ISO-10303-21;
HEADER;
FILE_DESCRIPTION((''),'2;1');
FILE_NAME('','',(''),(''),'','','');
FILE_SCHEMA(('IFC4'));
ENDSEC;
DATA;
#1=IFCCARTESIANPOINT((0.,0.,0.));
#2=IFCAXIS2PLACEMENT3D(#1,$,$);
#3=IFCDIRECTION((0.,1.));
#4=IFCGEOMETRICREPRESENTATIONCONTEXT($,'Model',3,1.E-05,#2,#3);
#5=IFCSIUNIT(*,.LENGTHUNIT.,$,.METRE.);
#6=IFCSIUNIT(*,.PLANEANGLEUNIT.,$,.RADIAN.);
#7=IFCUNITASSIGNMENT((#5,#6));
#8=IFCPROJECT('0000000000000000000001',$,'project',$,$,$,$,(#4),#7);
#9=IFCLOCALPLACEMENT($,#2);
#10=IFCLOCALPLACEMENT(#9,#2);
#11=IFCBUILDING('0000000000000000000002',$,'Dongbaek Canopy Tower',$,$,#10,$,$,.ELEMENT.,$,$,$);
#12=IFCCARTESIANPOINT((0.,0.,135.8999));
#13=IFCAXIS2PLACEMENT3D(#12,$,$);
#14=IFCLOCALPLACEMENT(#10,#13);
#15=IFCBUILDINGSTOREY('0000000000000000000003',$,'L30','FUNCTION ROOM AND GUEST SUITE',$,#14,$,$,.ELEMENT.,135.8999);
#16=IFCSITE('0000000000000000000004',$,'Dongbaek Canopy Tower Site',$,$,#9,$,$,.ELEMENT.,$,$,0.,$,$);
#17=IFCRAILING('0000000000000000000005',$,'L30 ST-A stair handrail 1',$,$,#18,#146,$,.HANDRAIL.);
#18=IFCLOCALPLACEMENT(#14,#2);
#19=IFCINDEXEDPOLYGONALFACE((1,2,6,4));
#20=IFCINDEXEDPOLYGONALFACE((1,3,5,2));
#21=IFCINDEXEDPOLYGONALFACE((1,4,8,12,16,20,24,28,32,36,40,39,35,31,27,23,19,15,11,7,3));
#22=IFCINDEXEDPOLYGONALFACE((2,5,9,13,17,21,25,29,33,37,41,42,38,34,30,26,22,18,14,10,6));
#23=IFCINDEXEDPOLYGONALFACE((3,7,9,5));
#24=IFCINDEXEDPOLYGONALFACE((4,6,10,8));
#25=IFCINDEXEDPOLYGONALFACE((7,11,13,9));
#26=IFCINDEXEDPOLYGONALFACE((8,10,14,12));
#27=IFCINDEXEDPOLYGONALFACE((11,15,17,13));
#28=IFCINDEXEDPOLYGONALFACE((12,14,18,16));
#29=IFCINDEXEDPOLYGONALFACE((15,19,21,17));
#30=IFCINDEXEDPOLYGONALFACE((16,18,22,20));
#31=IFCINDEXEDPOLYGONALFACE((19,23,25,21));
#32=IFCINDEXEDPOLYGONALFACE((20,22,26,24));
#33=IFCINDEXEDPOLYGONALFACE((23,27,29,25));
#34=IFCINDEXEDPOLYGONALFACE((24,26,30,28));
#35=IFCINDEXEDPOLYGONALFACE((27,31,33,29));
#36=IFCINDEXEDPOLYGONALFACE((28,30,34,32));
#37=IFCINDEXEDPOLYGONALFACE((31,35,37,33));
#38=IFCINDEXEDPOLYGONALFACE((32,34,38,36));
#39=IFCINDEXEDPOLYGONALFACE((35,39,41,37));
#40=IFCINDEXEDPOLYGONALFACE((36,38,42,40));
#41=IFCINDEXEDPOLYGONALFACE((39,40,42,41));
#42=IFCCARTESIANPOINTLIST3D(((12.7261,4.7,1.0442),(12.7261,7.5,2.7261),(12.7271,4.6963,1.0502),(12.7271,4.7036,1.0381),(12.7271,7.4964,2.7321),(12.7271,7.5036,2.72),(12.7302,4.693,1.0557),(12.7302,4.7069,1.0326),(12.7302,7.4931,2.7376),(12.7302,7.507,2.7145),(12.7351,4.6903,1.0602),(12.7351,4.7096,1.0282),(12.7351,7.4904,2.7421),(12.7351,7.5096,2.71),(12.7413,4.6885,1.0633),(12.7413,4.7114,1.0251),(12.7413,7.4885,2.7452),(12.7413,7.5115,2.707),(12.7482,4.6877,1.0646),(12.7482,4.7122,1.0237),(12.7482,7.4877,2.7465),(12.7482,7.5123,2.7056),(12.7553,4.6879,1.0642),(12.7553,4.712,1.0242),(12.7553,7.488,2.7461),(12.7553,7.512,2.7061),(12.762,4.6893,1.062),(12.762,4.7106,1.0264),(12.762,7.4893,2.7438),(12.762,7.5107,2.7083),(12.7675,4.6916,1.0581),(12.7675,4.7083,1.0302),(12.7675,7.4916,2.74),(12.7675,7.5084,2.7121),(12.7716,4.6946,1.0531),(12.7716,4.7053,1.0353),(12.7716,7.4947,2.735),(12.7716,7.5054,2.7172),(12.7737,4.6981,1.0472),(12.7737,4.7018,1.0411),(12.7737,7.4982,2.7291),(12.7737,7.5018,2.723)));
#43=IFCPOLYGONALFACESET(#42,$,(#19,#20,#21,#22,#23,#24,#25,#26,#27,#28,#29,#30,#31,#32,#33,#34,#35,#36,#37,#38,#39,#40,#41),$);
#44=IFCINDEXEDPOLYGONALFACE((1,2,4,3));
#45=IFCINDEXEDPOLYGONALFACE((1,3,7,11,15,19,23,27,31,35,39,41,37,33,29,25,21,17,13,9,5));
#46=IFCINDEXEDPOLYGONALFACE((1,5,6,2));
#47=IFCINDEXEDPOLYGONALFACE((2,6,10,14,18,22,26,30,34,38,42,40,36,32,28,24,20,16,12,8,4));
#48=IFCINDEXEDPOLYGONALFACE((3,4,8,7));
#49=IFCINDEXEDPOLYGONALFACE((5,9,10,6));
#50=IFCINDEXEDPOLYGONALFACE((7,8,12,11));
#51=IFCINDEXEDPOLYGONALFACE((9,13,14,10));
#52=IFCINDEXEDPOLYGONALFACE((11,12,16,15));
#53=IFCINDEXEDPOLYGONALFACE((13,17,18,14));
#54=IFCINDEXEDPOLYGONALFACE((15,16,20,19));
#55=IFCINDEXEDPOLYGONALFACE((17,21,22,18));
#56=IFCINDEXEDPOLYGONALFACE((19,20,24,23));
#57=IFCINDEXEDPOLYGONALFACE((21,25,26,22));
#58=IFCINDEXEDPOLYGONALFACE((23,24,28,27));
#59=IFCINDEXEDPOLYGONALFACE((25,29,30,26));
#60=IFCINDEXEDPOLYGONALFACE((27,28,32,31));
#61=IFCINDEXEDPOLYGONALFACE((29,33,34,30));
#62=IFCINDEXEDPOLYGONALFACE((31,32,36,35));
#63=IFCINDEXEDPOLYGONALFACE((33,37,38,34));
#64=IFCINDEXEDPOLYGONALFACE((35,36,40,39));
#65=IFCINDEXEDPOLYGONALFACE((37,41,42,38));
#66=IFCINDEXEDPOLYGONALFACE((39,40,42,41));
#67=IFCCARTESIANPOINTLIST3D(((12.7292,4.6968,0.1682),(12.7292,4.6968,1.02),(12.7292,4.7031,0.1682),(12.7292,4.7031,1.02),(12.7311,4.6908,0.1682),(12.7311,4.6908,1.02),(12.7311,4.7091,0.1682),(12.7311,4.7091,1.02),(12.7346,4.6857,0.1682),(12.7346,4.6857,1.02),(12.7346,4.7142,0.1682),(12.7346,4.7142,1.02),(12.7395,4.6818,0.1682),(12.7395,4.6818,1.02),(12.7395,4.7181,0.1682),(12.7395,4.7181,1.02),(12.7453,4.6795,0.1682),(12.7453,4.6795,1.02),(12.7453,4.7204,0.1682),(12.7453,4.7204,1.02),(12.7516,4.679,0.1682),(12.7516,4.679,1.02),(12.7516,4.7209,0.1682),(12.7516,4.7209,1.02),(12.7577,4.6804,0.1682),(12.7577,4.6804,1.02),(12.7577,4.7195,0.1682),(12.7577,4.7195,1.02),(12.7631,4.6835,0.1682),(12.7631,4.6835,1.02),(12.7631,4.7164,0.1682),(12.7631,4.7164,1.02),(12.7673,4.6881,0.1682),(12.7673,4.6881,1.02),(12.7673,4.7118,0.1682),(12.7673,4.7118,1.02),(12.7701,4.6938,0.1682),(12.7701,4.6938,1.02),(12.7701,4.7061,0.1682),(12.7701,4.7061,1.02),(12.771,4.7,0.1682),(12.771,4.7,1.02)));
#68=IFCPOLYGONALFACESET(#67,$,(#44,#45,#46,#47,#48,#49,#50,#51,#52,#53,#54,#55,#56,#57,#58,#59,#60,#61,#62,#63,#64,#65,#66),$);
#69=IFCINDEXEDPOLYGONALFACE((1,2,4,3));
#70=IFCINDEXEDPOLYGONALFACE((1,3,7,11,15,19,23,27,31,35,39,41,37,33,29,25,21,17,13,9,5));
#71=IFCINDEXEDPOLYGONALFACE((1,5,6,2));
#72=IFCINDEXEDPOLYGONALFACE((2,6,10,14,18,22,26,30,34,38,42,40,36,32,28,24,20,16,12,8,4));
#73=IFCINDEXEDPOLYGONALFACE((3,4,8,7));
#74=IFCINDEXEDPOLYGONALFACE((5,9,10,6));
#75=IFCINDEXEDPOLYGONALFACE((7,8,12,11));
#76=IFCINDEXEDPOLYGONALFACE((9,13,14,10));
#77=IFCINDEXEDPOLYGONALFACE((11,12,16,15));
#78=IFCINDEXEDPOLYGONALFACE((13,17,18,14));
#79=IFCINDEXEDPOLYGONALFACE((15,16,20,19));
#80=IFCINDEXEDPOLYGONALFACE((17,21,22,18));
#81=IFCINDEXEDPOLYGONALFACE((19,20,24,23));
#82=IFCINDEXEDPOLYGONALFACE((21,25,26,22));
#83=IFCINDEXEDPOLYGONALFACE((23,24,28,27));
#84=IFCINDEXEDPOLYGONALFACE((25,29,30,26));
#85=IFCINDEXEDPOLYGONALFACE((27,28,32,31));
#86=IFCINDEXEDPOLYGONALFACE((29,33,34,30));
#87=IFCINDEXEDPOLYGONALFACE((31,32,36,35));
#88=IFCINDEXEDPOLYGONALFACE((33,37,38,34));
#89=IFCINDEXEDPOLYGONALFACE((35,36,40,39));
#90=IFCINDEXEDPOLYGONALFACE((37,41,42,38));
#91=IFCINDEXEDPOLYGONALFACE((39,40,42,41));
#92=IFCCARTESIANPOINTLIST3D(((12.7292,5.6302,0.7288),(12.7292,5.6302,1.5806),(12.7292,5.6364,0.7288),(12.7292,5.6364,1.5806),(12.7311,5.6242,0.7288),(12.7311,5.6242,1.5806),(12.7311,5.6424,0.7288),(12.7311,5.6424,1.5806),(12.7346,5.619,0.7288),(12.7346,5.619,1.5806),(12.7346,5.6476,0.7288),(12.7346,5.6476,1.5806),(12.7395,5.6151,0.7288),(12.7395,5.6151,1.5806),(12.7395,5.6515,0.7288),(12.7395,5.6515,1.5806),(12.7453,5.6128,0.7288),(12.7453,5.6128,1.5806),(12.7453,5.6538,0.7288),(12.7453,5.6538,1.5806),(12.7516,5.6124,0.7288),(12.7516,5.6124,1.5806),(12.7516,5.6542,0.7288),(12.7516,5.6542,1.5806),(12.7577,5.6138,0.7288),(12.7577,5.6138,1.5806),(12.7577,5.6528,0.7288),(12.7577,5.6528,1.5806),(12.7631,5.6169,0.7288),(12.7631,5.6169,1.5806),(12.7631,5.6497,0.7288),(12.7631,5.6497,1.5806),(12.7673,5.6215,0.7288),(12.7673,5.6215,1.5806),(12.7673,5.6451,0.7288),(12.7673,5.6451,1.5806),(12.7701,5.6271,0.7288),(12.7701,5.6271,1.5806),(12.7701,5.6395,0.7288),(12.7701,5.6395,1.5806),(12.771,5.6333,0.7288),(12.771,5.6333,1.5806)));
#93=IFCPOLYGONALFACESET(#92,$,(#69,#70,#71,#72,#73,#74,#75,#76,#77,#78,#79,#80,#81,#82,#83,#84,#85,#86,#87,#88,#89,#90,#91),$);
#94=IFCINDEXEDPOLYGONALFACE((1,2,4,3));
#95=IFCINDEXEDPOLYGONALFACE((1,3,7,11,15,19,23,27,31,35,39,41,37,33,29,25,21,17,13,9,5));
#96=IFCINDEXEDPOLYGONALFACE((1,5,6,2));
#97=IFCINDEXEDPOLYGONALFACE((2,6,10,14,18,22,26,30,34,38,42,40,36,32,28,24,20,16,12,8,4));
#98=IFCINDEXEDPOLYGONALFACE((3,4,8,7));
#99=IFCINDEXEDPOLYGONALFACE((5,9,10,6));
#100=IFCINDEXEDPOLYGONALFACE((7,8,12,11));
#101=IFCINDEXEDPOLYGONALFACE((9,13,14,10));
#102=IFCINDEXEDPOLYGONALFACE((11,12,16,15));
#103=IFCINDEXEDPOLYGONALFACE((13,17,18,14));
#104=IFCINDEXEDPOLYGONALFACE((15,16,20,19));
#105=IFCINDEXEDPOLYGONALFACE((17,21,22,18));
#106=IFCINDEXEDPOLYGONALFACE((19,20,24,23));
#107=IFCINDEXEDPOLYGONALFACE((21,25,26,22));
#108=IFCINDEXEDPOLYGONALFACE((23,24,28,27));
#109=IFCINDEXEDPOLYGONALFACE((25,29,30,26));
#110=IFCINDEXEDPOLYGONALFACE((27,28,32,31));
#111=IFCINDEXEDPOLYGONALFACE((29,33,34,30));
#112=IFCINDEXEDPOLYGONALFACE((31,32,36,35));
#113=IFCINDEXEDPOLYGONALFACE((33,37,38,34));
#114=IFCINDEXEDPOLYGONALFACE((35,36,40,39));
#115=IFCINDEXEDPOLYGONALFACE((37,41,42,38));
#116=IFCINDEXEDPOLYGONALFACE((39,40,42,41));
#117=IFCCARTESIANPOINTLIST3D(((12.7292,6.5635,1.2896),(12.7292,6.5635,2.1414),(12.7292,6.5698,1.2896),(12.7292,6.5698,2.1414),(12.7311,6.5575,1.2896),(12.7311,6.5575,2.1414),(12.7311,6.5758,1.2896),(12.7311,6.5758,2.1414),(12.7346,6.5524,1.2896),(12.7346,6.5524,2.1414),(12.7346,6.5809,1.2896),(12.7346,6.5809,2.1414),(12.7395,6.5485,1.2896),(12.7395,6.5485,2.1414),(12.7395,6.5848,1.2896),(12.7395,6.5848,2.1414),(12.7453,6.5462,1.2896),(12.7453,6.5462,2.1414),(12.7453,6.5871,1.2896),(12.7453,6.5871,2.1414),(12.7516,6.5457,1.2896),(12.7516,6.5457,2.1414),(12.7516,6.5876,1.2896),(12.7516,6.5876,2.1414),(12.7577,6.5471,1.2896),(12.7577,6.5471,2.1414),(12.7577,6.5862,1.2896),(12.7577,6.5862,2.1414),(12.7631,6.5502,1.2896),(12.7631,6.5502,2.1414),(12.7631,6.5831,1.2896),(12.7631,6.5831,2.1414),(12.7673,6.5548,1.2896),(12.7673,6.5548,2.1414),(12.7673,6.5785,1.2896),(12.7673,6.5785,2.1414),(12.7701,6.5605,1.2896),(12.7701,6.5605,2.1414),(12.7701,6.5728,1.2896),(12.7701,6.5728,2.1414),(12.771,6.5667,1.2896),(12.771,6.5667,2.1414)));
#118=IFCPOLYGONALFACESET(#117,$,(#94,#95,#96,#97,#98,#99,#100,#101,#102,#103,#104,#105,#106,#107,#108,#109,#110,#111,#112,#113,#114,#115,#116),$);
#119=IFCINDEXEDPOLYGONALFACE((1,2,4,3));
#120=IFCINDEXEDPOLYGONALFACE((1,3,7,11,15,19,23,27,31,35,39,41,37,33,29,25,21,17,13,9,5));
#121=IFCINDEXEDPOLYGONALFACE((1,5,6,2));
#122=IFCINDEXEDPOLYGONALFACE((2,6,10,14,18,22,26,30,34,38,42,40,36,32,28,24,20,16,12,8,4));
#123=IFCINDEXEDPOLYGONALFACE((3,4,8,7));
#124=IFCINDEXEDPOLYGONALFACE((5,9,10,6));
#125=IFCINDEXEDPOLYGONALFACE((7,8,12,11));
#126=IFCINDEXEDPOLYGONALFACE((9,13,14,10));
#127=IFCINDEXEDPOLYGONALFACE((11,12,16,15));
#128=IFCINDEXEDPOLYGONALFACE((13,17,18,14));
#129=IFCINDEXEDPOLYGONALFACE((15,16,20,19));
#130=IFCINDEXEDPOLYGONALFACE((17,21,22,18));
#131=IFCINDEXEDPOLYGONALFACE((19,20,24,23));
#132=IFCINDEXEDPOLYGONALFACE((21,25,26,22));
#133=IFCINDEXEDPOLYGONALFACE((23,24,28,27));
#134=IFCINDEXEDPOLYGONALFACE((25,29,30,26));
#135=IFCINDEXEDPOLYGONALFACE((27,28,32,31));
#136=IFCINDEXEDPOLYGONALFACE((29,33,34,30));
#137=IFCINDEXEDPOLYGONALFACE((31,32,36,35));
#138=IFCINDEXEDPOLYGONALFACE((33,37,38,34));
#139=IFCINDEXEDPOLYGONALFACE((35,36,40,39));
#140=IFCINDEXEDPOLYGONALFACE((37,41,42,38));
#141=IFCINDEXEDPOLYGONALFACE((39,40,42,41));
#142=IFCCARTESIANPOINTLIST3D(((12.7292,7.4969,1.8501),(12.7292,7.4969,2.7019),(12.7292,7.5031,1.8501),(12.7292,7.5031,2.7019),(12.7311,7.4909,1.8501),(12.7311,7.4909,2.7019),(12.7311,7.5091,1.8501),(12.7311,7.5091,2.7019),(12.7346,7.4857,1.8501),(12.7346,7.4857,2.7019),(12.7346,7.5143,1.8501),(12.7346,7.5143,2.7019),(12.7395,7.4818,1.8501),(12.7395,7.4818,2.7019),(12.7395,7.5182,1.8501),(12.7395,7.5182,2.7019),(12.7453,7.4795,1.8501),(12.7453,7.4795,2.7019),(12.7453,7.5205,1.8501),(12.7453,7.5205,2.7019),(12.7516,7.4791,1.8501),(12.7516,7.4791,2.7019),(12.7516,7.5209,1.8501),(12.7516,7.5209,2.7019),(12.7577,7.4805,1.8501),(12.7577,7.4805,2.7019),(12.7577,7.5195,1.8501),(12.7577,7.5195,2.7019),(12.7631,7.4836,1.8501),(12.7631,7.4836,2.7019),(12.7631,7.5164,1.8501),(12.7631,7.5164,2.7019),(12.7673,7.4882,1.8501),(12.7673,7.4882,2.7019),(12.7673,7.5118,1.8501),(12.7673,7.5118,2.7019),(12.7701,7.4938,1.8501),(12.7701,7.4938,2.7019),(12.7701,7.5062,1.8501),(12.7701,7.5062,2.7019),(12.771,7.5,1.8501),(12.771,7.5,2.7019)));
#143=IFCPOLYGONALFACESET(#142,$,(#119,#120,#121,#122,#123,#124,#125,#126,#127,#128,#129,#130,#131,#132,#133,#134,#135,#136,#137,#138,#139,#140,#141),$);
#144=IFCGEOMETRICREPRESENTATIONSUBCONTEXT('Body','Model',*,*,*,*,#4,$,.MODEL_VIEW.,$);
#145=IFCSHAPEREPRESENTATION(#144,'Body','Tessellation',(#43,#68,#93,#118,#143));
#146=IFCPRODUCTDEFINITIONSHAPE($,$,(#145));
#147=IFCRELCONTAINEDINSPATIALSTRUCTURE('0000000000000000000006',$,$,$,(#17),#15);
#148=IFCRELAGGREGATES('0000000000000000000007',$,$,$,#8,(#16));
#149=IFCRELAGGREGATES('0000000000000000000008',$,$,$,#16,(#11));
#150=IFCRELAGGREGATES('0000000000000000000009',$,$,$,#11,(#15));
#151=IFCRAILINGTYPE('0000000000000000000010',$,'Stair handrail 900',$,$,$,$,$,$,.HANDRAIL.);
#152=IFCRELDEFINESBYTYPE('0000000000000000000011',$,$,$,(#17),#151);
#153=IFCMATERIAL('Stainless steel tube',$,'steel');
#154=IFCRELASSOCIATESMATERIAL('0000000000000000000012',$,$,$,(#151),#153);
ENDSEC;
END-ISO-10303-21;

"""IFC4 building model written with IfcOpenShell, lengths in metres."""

from ifc_helpers import new_model, si_unit, direction, frame, origin, origin_2d, place, context, subcontext, project, spatial, circle, extrude, material, type_object, element, save


model = new_model("IFC4")

# Units and contexts
model_context = context("Model", 3, precision=1e-05, world=origin(), true_north=direction((0.0, 1.0)))
body_context = subcontext(model_context, "Body", "Model", "MODEL_VIEW")
ifc_project = project(units=[si_unit("LENGTHUNIT", "METRE"), si_unit("PLANEANGLEUNIT", "RADIAN")], contexts=[model_context])

# Site, building, storey
site_placement = place(None, origin())
site = spatial("IfcSite", under=ifc_project, at=site_placement, Name="Dongbaek Canopy Tower Site", CompositionType="ELEMENT", RefElevation=0.0)
building_placement = place(site_placement, origin())
building = spatial("IfcBuilding", under=site, at=building_placement, Name="Dongbaek Canopy Tower", CompositionType="ELEMENT")
storey_placement = place(building_placement, frame((0.0, 0.0, 135.8999)))
storey = spatial("IfcBuildingStorey", under=building, at=storey_placement, Name="L30", Description="FUNCTION ROOM AND GUEST SUITE", CompositionType="ELEMENT", Elevation=135.8999)

# Railing
ifc_material_1 = material(Name="Stainless steel tube", Category="steel")
railing_type = type_object("IfcRailingType", Name="Stair handrail 900", PredefinedType="HANDRAIL", material=ifc_material_1)
railing_placement = place(storey_placement, frame((12.75, 4.7, 0.1682)))
element("IfcRailing", 1, at=railing_placement, inside=storey, type_object=railing_type, Name="L30 ST-A stair handrail 1", PredefinedType="HANDRAIL", context=body_context, shape_type="SweptSolid", body=[
    extrude(circle(Radius=0.0239, at=origin_2d()), frame((0.0, 0.0, 0.876), z_axis=(0.0, 0.857242, 0.514913), x_axis=(-1.0, 0.0, 0.0)), (0.0, 0.0, 1.0), 3.2664),
    extrude(circle(Radius=0.021, at=origin_2d()), origin(), (0.0, 0.0, 1.0), 0.8518),
    extrude(circle(Radius=0.021, at=origin_2d()), frame((0.0, 0.9333, 0.5605)), (0.0, 0.0, 1.0), 0.8518),
    extrude(circle(Radius=0.021, at=origin_2d()), frame((0.0, 1.8667, 1.1213)), (0.0, 0.0, 1.0), 0.8518),
    extrude(circle(Radius=0.021, at=origin_2d()), frame((0.0, 2.8, 1.6819)), (0.0, 0.0, 1.0), 0.8518),
])

save(model, "model.ifc")
